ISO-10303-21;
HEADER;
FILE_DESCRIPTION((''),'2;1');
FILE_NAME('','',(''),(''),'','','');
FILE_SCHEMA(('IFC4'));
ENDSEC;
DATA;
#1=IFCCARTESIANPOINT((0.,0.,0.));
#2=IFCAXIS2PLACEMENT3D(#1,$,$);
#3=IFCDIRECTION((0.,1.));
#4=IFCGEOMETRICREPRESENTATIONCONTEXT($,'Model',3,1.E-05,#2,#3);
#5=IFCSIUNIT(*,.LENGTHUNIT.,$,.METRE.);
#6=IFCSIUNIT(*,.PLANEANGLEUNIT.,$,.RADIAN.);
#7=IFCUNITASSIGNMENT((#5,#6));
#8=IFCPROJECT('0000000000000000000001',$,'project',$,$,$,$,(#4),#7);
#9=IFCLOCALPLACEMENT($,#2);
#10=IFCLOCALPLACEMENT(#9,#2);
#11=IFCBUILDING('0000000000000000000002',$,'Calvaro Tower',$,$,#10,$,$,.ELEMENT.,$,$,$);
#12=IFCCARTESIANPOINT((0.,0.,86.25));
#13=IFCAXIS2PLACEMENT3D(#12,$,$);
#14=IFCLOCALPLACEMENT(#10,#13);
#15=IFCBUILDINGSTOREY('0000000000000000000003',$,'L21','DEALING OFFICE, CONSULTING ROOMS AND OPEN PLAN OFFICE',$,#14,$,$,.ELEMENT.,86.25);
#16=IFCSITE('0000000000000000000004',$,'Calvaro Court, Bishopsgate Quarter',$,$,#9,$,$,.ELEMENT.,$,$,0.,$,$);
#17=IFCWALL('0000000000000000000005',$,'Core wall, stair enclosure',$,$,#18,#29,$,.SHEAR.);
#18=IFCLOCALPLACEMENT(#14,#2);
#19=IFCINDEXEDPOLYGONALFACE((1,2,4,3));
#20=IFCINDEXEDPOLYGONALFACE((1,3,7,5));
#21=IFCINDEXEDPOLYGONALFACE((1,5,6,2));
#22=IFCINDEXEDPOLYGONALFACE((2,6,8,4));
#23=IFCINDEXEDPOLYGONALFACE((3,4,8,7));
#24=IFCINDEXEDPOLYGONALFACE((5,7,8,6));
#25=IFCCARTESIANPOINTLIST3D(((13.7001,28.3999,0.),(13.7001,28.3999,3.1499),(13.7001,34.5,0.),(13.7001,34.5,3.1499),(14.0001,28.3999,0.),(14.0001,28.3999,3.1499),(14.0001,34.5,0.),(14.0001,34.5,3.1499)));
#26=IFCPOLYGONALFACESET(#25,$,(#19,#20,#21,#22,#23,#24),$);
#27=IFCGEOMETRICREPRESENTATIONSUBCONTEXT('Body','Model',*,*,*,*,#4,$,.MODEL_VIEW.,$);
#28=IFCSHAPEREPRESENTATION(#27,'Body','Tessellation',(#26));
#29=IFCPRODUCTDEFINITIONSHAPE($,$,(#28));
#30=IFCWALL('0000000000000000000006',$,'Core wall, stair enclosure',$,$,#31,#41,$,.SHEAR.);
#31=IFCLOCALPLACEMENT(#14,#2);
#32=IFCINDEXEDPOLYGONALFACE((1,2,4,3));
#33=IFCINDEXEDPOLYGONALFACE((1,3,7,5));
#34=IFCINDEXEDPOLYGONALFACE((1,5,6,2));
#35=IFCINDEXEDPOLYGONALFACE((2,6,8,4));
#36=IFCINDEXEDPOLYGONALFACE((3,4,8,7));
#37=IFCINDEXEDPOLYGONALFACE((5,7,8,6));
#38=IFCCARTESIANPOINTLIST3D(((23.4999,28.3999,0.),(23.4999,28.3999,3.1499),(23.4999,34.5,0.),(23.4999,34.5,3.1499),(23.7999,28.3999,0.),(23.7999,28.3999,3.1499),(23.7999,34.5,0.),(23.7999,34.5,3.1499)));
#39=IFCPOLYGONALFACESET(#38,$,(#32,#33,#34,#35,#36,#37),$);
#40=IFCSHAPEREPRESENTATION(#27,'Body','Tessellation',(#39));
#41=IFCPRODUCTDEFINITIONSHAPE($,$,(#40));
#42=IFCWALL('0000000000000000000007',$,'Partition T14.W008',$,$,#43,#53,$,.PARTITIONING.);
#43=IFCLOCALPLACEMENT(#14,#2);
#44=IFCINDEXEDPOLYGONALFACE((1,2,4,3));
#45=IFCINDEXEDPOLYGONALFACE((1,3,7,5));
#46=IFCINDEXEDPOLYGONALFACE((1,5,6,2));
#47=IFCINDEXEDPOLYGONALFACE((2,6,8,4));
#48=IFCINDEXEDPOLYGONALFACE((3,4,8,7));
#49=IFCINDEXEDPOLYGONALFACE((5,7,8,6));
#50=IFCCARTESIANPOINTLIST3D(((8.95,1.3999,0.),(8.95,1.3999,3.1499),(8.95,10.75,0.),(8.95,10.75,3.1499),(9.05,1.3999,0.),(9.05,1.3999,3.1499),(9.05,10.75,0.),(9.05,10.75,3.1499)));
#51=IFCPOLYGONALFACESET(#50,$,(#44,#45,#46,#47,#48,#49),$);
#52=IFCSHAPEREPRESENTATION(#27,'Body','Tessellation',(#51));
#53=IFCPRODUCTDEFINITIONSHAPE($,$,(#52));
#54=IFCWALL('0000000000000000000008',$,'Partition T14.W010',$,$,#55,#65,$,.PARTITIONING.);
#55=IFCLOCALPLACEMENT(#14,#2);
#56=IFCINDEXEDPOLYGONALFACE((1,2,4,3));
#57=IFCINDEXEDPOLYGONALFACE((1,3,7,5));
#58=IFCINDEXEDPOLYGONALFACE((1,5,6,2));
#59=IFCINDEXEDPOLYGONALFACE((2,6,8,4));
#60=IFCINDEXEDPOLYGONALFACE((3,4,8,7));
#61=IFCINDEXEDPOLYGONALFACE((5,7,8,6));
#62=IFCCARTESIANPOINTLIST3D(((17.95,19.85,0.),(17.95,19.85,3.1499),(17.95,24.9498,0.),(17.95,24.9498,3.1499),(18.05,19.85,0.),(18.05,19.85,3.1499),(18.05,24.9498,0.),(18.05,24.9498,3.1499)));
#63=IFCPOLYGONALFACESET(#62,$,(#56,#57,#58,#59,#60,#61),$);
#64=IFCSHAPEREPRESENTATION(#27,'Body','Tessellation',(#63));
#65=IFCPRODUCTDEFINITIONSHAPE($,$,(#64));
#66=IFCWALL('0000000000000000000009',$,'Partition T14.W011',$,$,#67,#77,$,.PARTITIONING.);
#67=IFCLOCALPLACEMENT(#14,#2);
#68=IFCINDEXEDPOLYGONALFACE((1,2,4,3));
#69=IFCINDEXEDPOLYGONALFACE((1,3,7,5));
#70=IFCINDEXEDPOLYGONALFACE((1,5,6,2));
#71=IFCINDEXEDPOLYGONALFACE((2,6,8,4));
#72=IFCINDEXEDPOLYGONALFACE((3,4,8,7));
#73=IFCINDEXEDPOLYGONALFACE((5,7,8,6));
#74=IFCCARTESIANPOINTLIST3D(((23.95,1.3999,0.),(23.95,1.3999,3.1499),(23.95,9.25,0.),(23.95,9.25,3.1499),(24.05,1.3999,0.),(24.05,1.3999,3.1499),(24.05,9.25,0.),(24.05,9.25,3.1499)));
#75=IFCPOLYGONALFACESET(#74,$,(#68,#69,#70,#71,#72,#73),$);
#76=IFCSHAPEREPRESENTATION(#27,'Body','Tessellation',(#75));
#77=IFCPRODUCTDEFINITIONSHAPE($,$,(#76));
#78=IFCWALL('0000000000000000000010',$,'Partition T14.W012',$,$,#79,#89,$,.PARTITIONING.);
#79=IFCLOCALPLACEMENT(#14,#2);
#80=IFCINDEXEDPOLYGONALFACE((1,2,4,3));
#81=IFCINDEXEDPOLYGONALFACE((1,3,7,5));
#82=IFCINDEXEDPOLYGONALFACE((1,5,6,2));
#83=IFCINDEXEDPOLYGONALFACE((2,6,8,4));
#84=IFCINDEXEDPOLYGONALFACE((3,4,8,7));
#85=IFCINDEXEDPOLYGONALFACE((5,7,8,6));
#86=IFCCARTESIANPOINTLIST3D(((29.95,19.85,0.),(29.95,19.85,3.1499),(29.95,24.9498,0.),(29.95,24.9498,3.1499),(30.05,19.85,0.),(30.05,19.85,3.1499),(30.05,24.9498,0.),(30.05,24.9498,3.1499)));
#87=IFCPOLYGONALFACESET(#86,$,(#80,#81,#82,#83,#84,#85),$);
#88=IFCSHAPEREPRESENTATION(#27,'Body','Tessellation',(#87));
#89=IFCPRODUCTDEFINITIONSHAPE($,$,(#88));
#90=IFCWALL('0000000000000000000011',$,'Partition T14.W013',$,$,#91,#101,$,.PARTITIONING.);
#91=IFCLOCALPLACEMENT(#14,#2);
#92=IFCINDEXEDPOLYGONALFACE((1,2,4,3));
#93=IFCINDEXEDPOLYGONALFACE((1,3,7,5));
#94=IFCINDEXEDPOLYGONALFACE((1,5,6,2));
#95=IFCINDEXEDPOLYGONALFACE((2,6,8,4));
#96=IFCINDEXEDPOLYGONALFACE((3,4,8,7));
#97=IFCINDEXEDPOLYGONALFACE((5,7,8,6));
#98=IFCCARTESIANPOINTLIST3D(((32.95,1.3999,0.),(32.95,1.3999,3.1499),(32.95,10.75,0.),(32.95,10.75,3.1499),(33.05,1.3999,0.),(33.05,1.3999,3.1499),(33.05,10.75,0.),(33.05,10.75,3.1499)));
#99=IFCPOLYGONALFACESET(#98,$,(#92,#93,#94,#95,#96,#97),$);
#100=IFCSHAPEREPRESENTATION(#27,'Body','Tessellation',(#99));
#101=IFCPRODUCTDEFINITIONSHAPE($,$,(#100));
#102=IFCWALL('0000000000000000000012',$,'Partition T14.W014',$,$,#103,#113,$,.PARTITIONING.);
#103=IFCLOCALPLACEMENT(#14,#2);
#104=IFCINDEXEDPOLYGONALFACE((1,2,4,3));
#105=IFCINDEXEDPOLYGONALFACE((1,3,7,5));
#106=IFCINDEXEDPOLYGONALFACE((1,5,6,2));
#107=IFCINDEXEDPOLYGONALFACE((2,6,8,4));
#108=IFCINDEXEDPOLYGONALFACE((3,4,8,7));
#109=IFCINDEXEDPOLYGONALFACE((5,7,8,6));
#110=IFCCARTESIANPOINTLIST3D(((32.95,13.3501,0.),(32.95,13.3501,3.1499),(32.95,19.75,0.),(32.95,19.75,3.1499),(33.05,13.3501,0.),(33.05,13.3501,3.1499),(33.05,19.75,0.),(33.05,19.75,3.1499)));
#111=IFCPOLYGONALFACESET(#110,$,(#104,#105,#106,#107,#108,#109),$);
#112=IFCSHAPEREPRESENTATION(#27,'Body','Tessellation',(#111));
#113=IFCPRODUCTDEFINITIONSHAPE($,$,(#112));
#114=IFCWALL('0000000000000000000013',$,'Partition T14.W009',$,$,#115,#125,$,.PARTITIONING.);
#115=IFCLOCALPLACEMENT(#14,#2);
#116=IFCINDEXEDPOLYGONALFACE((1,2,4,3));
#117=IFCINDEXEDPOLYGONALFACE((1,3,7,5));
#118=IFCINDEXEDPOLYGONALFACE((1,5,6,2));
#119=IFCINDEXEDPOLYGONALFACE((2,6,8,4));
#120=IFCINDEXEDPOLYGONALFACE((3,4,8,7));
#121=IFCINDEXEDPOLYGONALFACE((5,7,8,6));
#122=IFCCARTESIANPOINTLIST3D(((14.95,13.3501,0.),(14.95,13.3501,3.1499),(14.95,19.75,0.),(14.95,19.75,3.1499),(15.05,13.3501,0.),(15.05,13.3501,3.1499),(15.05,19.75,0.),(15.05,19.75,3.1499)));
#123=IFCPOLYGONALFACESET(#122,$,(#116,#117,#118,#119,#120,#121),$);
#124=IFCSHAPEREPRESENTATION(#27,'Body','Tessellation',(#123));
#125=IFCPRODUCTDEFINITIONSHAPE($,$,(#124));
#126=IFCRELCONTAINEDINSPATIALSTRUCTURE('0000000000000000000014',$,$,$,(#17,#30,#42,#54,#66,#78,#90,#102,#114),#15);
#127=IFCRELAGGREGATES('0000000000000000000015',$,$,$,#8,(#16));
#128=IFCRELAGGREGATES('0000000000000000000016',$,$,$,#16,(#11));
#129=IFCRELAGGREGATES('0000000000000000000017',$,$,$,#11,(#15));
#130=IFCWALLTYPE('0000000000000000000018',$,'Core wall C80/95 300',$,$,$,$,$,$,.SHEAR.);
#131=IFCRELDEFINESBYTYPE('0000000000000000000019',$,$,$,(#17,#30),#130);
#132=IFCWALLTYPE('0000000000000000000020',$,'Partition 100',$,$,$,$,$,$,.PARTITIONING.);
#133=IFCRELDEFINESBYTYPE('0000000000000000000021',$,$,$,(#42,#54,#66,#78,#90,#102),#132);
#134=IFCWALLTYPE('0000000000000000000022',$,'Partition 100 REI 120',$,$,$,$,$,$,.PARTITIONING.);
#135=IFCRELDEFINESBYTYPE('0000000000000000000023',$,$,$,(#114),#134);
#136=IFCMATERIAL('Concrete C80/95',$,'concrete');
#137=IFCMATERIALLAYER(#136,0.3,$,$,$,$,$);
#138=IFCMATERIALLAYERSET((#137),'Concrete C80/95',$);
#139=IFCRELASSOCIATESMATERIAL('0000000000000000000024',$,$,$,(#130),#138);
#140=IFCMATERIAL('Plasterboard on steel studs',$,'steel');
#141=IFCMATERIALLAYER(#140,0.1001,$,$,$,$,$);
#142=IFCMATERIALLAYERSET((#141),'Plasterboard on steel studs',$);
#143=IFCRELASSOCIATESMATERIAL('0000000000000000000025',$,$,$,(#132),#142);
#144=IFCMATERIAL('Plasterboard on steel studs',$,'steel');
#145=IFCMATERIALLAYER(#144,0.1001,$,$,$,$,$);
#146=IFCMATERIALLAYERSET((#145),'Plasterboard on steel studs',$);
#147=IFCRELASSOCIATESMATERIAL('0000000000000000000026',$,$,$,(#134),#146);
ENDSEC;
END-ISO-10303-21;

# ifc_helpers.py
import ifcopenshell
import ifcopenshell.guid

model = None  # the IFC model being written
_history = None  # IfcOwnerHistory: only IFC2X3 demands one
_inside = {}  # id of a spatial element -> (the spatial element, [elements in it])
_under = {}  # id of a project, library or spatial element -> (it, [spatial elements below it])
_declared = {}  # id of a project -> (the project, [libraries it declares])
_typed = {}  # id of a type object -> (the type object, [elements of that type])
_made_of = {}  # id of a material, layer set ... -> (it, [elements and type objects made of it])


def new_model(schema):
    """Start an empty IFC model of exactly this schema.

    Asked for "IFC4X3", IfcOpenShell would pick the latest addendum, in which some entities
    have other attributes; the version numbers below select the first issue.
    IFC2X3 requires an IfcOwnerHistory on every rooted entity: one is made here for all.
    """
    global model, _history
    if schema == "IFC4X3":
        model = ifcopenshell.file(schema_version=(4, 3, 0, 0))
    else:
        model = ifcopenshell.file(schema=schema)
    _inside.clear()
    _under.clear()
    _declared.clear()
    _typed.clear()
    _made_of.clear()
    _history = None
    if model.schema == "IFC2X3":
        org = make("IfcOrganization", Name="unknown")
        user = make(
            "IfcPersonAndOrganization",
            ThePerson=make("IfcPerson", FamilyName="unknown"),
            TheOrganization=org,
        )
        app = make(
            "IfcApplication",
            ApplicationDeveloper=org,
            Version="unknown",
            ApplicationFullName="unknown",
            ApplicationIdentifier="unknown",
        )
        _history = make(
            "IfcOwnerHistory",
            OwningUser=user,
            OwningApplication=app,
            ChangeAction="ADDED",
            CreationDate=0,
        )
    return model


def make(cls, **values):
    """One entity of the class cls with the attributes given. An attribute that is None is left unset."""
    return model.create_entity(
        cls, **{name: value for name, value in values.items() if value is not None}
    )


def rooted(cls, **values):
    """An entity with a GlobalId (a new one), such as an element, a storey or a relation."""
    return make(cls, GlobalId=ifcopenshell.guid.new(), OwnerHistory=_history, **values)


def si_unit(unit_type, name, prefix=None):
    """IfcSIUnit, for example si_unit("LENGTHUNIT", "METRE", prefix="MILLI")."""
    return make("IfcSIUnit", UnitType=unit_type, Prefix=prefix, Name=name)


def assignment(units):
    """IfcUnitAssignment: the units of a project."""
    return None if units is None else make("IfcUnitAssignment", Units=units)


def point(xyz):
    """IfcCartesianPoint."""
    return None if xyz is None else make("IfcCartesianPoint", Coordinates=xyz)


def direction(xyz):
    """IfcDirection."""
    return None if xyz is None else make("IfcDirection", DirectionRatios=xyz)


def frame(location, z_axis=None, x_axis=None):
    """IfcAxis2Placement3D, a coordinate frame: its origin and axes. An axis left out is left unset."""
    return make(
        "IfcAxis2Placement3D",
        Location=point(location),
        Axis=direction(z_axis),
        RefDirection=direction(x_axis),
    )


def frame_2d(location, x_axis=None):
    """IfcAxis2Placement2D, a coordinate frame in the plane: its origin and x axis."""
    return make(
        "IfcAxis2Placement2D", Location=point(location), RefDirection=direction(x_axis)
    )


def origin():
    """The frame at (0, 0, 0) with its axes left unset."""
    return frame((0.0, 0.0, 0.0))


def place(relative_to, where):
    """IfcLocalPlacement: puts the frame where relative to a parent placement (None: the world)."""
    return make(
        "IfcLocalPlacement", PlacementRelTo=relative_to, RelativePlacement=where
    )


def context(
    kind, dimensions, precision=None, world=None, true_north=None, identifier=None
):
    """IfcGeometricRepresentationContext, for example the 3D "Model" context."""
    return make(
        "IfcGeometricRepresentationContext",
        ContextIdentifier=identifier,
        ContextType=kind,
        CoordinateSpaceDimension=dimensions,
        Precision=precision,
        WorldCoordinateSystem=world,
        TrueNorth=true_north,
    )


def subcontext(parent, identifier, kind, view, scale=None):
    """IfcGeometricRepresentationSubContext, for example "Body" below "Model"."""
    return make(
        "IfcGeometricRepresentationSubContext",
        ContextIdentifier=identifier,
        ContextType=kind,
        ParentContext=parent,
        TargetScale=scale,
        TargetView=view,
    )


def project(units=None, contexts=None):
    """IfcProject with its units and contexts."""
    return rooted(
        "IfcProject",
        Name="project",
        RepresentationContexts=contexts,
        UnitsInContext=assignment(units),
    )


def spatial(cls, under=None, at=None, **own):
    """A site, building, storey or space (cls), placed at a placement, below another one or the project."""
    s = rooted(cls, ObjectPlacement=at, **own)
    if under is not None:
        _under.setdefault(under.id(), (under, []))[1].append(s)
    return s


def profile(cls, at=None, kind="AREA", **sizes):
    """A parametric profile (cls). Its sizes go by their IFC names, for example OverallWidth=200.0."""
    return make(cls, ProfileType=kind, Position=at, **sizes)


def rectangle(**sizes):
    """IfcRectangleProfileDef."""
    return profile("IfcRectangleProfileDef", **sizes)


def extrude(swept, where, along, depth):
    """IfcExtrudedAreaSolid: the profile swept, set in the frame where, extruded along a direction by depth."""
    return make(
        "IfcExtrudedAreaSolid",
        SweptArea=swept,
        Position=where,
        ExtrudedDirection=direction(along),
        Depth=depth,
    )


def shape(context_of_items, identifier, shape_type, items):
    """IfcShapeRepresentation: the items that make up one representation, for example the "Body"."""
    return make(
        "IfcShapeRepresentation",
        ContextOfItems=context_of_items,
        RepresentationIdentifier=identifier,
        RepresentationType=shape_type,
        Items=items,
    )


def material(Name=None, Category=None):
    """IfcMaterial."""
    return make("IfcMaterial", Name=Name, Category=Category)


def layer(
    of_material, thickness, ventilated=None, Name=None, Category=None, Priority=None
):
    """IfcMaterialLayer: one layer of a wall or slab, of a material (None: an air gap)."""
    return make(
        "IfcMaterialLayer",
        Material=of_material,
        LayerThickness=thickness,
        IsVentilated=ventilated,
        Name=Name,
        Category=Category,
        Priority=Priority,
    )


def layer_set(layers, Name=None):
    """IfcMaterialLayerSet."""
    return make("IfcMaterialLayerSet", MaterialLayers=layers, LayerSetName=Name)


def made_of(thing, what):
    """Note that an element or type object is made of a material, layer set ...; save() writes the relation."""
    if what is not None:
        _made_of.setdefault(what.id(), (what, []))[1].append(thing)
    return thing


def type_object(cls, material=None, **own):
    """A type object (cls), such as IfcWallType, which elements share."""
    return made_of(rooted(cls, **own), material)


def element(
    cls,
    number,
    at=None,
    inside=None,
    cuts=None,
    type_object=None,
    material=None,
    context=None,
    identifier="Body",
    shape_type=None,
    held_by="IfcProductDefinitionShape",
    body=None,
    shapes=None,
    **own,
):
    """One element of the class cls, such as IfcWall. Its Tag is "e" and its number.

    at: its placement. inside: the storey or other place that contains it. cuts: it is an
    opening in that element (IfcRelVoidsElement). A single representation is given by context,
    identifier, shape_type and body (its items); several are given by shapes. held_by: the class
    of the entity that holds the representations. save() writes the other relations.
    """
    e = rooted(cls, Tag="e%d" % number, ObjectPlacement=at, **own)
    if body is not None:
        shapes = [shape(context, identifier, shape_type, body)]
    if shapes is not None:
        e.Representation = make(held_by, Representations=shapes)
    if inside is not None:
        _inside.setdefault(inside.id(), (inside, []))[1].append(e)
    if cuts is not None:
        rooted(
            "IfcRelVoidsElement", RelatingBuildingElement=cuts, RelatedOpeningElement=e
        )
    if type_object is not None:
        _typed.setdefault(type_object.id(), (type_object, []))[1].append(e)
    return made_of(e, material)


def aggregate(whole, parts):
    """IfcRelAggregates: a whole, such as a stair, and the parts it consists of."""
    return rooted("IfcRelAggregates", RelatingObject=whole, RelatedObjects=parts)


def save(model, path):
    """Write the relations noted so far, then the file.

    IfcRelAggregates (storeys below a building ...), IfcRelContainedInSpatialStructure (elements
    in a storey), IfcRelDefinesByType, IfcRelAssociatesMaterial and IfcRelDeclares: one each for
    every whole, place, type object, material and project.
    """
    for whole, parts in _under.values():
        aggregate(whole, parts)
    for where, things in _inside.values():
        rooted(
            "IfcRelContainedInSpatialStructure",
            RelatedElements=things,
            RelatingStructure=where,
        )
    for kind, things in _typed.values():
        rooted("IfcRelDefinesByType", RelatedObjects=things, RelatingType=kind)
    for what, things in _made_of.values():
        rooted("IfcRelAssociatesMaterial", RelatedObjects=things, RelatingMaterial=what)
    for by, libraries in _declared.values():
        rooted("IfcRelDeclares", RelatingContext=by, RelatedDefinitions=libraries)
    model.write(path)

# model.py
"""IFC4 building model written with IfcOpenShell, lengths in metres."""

from ifc_helpers import new_model, si_unit, direction, frame, frame_2d, origin, place, context, subcontext, project, spatial, rectangle, extrude, material, layer, layer_set, type_object, element, save


model = new_model("IFC4")

# Units and contexts
model_context = context("Model", 3, precision=1e-05, world=origin(), true_north=direction((0.0, 1.0)))
body_context = subcontext(model_context, "Body", "Model", "MODEL_VIEW")
ifc_project = project(units=[si_unit("LENGTHUNIT", "METRE"), si_unit("PLANEANGLEUNIT", "RADIAN")], contexts=[model_context])

# Site, building, storey
site_placement = place(None, origin())
site = spatial("IfcSite", under=ifc_project, at=site_placement, Name="Calvaro Court, Bishopsgate Quarter", CompositionType="ELEMENT", RefElevation=0.0)
building_placement = place(site_placement, origin())
building = spatial("IfcBuilding", under=site, at=building_placement, Name="Calvaro Tower", CompositionType="ELEMENT")
storey_placement = place(building_placement, frame((0.0, 0.0, 86.25)))
storey = spatial("IfcBuildingStorey", under=building, at=storey_placement, Name="L21", Description="DEALING OFFICE, CONSULTING ROOMS AND OPEN PLAN OFFICE", CompositionType="ELEMENT", Elevation=86.25)

# Walls
ifc_material_1 = material(Name="Concrete C80/95", Category="concrete")
ifc_layer_1 = layer(ifc_material_1, 0.3)
ifc_layer_set_1 = layer_set([ifc_layer_1], Name="Concrete C80/95")
wall_type_1 = type_object("IfcWallType", Name="Core wall C80/95 300", PredefinedType="SHEAR", material=ifc_layer_set_1)
for number, where, z_axis, x_axis, name in (
    (1, (13.8501, 28.3999, 0.0), (0.0, 0.0, 1.0), (0.0, 1.0, 0.0), "Core wall, stair enclosure"),
    (2, (23.6499, 28.3999, 0.0), (0.0, 0.0, 1.0), (0.0, 1.0, 0.0), "Core wall, stair enclosure"),
):
    element("IfcWall", number, at=place(storey_placement, frame(where, z_axis=z_axis, x_axis=x_axis)), inside=storey, type_object=wall_type_1, Name=name, PredefinedType="SHEAR", context=body_context, shape_type="SweptSolid", body=[
        extrude(rectangle(XDim=6.1001, YDim=0.3, at=frame_2d((3.05, 0.0))), origin(), (0.0, 0.0, 1.0), 3.1499),
    ])
ifc_material_2 = material(Name="Plasterboard on steel studs", Category="steel")
ifc_layer_2 = layer(ifc_material_2, 0.1001)
ifc_layer_set_2 = layer_set([ifc_layer_2], Name="Plasterboard on steel studs")
wall_type_2 = type_object("IfcWallType", Name="Partition 100", PredefinedType="PARTITIONING", material=ifc_layer_set_2)
wall_1_placement = place(storey_placement, frame((9.0, 1.3999, 0.0), z_axis=(0.0, 0.0, 1.0), x_axis=(0.0, 1.0, 0.0)))
element("IfcWall", 3, at=wall_1_placement, inside=storey, type_object=wall_type_2, Name="Partition T14.W008", PredefinedType="PARTITIONING", context=body_context, shape_type="SweptSolid", body=[
    extrude(rectangle(XDim=9.3501, YDim=0.1001, at=frame_2d((4.675, 0.0))), origin(), (0.0, 0.0, 1.0), 3.1499),
])
wall_2_placement = place(storey_placement, frame((18.0, 19.8501, 0.0), z_axis=(0.0, 0.0, 1.0), x_axis=(0.0, 1.0, 0.0)))
element("IfcWall", 4, at=wall_2_placement, inside=storey, type_object=wall_type_2, Name="Partition T14.W010", PredefinedType="PARTITIONING", context=body_context, shape_type="SweptSolid", body=[
    extrude(rectangle(XDim=5.0999, YDim=0.1001, at=frame_2d((2.5498, 0.0))), origin(), (0.0, 0.0, 1.0), 3.1499),
])
wall_3_placement = place(storey_placement, frame((24.0, 1.3999, 0.0), z_axis=(0.0, 0.0, 1.0), x_axis=(0.0, 1.0, 0.0)))
element("IfcWall", 5, at=wall_3_placement, inside=storey, type_object=wall_type_2, Name="Partition T14.W011", PredefinedType="PARTITIONING", context=body_context, shape_type="SweptSolid", body=[
    extrude(rectangle(XDim=7.8501, YDim=0.1001, at=frame_2d((3.925, 0.0))), origin(), (0.0, 0.0, 1.0), 3.1499),
])
wall_4_placement = place(storey_placement, frame((30.0, 19.8501, 0.0), z_axis=(0.0, 0.0, 1.0), x_axis=(0.0, 1.0, 0.0)))
element("IfcWall", 6, at=wall_4_placement, inside=storey, type_object=wall_type_2, Name="Partition T14.W012", PredefinedType="PARTITIONING", context=body_context, shape_type="SweptSolid", body=[
    extrude(rectangle(XDim=5.0999, YDim=0.1001, at=frame_2d((2.5498, 0.0))), origin(), (0.0, 0.0, 1.0), 3.1499),
])
wall_5_placement = place(storey_placement, frame((33.0, 1.3999, 0.0), z_axis=(0.0, 0.0, 1.0), x_axis=(0.0, 1.0, 0.0)))
element("IfcWall", 7, at=wall_5_placement, inside=storey, type_object=wall_type_2, Name="Partition T14.W013", PredefinedType="PARTITIONING", context=body_context, shape_type="SweptSolid", body=[
    extrude(rectangle(XDim=9.3501, YDim=0.1001, at=frame_2d((4.675, 0.0))), origin(), (0.0, 0.0, 1.0), 3.1499),
])
wall_6_placement = place(storey_placement, frame((33.0, 13.3501, 0.0), z_axis=(0.0, 0.0, 1.0), x_axis=(0.0, 1.0, 0.0)))
element("IfcWall", 8, at=wall_6_placement, inside=storey, type_object=wall_type_2, Name="Partition T14.W014", PredefinedType="PARTITIONING", context=body_context, shape_type="SweptSolid", body=[
    extrude(rectangle(XDim=6.3999, YDim=0.1001, at=frame_2d((3.2, 0.0))), origin(), (0.0, 0.0, 1.0), 3.1499),
])
ifc_material_3 = material(Name="Plasterboard on steel studs", Category="steel")
ifc_layer_3 = layer(ifc_material_3, 0.1001)
ifc_layer_set_3 = layer_set([ifc_layer_3], Name="Plasterboard on steel studs")
wall_type_3 = type_object("IfcWallType", Name="Partition 100 REI 120", PredefinedType="PARTITIONING", material=ifc_layer_set_3)
wall_7_placement = place(storey_placement, frame((15.0, 13.3501, 0.0), z_axis=(0.0, 0.0, 1.0), x_axis=(0.0, 1.0, 0.0)))
element("IfcWall", 9, at=wall_7_placement, inside=storey, type_object=wall_type_3, Name="Partition T14.W009", PredefinedType="PARTITIONING", context=body_context, shape_type="SweptSolid", body=[
    extrude(rectangle(XDim=6.3999, YDim=0.1001, at=frame_2d((3.2, 0.0))), origin(), (0.0, 0.0, 1.0), 3.1499),
])

save(model, "model.ifc")
